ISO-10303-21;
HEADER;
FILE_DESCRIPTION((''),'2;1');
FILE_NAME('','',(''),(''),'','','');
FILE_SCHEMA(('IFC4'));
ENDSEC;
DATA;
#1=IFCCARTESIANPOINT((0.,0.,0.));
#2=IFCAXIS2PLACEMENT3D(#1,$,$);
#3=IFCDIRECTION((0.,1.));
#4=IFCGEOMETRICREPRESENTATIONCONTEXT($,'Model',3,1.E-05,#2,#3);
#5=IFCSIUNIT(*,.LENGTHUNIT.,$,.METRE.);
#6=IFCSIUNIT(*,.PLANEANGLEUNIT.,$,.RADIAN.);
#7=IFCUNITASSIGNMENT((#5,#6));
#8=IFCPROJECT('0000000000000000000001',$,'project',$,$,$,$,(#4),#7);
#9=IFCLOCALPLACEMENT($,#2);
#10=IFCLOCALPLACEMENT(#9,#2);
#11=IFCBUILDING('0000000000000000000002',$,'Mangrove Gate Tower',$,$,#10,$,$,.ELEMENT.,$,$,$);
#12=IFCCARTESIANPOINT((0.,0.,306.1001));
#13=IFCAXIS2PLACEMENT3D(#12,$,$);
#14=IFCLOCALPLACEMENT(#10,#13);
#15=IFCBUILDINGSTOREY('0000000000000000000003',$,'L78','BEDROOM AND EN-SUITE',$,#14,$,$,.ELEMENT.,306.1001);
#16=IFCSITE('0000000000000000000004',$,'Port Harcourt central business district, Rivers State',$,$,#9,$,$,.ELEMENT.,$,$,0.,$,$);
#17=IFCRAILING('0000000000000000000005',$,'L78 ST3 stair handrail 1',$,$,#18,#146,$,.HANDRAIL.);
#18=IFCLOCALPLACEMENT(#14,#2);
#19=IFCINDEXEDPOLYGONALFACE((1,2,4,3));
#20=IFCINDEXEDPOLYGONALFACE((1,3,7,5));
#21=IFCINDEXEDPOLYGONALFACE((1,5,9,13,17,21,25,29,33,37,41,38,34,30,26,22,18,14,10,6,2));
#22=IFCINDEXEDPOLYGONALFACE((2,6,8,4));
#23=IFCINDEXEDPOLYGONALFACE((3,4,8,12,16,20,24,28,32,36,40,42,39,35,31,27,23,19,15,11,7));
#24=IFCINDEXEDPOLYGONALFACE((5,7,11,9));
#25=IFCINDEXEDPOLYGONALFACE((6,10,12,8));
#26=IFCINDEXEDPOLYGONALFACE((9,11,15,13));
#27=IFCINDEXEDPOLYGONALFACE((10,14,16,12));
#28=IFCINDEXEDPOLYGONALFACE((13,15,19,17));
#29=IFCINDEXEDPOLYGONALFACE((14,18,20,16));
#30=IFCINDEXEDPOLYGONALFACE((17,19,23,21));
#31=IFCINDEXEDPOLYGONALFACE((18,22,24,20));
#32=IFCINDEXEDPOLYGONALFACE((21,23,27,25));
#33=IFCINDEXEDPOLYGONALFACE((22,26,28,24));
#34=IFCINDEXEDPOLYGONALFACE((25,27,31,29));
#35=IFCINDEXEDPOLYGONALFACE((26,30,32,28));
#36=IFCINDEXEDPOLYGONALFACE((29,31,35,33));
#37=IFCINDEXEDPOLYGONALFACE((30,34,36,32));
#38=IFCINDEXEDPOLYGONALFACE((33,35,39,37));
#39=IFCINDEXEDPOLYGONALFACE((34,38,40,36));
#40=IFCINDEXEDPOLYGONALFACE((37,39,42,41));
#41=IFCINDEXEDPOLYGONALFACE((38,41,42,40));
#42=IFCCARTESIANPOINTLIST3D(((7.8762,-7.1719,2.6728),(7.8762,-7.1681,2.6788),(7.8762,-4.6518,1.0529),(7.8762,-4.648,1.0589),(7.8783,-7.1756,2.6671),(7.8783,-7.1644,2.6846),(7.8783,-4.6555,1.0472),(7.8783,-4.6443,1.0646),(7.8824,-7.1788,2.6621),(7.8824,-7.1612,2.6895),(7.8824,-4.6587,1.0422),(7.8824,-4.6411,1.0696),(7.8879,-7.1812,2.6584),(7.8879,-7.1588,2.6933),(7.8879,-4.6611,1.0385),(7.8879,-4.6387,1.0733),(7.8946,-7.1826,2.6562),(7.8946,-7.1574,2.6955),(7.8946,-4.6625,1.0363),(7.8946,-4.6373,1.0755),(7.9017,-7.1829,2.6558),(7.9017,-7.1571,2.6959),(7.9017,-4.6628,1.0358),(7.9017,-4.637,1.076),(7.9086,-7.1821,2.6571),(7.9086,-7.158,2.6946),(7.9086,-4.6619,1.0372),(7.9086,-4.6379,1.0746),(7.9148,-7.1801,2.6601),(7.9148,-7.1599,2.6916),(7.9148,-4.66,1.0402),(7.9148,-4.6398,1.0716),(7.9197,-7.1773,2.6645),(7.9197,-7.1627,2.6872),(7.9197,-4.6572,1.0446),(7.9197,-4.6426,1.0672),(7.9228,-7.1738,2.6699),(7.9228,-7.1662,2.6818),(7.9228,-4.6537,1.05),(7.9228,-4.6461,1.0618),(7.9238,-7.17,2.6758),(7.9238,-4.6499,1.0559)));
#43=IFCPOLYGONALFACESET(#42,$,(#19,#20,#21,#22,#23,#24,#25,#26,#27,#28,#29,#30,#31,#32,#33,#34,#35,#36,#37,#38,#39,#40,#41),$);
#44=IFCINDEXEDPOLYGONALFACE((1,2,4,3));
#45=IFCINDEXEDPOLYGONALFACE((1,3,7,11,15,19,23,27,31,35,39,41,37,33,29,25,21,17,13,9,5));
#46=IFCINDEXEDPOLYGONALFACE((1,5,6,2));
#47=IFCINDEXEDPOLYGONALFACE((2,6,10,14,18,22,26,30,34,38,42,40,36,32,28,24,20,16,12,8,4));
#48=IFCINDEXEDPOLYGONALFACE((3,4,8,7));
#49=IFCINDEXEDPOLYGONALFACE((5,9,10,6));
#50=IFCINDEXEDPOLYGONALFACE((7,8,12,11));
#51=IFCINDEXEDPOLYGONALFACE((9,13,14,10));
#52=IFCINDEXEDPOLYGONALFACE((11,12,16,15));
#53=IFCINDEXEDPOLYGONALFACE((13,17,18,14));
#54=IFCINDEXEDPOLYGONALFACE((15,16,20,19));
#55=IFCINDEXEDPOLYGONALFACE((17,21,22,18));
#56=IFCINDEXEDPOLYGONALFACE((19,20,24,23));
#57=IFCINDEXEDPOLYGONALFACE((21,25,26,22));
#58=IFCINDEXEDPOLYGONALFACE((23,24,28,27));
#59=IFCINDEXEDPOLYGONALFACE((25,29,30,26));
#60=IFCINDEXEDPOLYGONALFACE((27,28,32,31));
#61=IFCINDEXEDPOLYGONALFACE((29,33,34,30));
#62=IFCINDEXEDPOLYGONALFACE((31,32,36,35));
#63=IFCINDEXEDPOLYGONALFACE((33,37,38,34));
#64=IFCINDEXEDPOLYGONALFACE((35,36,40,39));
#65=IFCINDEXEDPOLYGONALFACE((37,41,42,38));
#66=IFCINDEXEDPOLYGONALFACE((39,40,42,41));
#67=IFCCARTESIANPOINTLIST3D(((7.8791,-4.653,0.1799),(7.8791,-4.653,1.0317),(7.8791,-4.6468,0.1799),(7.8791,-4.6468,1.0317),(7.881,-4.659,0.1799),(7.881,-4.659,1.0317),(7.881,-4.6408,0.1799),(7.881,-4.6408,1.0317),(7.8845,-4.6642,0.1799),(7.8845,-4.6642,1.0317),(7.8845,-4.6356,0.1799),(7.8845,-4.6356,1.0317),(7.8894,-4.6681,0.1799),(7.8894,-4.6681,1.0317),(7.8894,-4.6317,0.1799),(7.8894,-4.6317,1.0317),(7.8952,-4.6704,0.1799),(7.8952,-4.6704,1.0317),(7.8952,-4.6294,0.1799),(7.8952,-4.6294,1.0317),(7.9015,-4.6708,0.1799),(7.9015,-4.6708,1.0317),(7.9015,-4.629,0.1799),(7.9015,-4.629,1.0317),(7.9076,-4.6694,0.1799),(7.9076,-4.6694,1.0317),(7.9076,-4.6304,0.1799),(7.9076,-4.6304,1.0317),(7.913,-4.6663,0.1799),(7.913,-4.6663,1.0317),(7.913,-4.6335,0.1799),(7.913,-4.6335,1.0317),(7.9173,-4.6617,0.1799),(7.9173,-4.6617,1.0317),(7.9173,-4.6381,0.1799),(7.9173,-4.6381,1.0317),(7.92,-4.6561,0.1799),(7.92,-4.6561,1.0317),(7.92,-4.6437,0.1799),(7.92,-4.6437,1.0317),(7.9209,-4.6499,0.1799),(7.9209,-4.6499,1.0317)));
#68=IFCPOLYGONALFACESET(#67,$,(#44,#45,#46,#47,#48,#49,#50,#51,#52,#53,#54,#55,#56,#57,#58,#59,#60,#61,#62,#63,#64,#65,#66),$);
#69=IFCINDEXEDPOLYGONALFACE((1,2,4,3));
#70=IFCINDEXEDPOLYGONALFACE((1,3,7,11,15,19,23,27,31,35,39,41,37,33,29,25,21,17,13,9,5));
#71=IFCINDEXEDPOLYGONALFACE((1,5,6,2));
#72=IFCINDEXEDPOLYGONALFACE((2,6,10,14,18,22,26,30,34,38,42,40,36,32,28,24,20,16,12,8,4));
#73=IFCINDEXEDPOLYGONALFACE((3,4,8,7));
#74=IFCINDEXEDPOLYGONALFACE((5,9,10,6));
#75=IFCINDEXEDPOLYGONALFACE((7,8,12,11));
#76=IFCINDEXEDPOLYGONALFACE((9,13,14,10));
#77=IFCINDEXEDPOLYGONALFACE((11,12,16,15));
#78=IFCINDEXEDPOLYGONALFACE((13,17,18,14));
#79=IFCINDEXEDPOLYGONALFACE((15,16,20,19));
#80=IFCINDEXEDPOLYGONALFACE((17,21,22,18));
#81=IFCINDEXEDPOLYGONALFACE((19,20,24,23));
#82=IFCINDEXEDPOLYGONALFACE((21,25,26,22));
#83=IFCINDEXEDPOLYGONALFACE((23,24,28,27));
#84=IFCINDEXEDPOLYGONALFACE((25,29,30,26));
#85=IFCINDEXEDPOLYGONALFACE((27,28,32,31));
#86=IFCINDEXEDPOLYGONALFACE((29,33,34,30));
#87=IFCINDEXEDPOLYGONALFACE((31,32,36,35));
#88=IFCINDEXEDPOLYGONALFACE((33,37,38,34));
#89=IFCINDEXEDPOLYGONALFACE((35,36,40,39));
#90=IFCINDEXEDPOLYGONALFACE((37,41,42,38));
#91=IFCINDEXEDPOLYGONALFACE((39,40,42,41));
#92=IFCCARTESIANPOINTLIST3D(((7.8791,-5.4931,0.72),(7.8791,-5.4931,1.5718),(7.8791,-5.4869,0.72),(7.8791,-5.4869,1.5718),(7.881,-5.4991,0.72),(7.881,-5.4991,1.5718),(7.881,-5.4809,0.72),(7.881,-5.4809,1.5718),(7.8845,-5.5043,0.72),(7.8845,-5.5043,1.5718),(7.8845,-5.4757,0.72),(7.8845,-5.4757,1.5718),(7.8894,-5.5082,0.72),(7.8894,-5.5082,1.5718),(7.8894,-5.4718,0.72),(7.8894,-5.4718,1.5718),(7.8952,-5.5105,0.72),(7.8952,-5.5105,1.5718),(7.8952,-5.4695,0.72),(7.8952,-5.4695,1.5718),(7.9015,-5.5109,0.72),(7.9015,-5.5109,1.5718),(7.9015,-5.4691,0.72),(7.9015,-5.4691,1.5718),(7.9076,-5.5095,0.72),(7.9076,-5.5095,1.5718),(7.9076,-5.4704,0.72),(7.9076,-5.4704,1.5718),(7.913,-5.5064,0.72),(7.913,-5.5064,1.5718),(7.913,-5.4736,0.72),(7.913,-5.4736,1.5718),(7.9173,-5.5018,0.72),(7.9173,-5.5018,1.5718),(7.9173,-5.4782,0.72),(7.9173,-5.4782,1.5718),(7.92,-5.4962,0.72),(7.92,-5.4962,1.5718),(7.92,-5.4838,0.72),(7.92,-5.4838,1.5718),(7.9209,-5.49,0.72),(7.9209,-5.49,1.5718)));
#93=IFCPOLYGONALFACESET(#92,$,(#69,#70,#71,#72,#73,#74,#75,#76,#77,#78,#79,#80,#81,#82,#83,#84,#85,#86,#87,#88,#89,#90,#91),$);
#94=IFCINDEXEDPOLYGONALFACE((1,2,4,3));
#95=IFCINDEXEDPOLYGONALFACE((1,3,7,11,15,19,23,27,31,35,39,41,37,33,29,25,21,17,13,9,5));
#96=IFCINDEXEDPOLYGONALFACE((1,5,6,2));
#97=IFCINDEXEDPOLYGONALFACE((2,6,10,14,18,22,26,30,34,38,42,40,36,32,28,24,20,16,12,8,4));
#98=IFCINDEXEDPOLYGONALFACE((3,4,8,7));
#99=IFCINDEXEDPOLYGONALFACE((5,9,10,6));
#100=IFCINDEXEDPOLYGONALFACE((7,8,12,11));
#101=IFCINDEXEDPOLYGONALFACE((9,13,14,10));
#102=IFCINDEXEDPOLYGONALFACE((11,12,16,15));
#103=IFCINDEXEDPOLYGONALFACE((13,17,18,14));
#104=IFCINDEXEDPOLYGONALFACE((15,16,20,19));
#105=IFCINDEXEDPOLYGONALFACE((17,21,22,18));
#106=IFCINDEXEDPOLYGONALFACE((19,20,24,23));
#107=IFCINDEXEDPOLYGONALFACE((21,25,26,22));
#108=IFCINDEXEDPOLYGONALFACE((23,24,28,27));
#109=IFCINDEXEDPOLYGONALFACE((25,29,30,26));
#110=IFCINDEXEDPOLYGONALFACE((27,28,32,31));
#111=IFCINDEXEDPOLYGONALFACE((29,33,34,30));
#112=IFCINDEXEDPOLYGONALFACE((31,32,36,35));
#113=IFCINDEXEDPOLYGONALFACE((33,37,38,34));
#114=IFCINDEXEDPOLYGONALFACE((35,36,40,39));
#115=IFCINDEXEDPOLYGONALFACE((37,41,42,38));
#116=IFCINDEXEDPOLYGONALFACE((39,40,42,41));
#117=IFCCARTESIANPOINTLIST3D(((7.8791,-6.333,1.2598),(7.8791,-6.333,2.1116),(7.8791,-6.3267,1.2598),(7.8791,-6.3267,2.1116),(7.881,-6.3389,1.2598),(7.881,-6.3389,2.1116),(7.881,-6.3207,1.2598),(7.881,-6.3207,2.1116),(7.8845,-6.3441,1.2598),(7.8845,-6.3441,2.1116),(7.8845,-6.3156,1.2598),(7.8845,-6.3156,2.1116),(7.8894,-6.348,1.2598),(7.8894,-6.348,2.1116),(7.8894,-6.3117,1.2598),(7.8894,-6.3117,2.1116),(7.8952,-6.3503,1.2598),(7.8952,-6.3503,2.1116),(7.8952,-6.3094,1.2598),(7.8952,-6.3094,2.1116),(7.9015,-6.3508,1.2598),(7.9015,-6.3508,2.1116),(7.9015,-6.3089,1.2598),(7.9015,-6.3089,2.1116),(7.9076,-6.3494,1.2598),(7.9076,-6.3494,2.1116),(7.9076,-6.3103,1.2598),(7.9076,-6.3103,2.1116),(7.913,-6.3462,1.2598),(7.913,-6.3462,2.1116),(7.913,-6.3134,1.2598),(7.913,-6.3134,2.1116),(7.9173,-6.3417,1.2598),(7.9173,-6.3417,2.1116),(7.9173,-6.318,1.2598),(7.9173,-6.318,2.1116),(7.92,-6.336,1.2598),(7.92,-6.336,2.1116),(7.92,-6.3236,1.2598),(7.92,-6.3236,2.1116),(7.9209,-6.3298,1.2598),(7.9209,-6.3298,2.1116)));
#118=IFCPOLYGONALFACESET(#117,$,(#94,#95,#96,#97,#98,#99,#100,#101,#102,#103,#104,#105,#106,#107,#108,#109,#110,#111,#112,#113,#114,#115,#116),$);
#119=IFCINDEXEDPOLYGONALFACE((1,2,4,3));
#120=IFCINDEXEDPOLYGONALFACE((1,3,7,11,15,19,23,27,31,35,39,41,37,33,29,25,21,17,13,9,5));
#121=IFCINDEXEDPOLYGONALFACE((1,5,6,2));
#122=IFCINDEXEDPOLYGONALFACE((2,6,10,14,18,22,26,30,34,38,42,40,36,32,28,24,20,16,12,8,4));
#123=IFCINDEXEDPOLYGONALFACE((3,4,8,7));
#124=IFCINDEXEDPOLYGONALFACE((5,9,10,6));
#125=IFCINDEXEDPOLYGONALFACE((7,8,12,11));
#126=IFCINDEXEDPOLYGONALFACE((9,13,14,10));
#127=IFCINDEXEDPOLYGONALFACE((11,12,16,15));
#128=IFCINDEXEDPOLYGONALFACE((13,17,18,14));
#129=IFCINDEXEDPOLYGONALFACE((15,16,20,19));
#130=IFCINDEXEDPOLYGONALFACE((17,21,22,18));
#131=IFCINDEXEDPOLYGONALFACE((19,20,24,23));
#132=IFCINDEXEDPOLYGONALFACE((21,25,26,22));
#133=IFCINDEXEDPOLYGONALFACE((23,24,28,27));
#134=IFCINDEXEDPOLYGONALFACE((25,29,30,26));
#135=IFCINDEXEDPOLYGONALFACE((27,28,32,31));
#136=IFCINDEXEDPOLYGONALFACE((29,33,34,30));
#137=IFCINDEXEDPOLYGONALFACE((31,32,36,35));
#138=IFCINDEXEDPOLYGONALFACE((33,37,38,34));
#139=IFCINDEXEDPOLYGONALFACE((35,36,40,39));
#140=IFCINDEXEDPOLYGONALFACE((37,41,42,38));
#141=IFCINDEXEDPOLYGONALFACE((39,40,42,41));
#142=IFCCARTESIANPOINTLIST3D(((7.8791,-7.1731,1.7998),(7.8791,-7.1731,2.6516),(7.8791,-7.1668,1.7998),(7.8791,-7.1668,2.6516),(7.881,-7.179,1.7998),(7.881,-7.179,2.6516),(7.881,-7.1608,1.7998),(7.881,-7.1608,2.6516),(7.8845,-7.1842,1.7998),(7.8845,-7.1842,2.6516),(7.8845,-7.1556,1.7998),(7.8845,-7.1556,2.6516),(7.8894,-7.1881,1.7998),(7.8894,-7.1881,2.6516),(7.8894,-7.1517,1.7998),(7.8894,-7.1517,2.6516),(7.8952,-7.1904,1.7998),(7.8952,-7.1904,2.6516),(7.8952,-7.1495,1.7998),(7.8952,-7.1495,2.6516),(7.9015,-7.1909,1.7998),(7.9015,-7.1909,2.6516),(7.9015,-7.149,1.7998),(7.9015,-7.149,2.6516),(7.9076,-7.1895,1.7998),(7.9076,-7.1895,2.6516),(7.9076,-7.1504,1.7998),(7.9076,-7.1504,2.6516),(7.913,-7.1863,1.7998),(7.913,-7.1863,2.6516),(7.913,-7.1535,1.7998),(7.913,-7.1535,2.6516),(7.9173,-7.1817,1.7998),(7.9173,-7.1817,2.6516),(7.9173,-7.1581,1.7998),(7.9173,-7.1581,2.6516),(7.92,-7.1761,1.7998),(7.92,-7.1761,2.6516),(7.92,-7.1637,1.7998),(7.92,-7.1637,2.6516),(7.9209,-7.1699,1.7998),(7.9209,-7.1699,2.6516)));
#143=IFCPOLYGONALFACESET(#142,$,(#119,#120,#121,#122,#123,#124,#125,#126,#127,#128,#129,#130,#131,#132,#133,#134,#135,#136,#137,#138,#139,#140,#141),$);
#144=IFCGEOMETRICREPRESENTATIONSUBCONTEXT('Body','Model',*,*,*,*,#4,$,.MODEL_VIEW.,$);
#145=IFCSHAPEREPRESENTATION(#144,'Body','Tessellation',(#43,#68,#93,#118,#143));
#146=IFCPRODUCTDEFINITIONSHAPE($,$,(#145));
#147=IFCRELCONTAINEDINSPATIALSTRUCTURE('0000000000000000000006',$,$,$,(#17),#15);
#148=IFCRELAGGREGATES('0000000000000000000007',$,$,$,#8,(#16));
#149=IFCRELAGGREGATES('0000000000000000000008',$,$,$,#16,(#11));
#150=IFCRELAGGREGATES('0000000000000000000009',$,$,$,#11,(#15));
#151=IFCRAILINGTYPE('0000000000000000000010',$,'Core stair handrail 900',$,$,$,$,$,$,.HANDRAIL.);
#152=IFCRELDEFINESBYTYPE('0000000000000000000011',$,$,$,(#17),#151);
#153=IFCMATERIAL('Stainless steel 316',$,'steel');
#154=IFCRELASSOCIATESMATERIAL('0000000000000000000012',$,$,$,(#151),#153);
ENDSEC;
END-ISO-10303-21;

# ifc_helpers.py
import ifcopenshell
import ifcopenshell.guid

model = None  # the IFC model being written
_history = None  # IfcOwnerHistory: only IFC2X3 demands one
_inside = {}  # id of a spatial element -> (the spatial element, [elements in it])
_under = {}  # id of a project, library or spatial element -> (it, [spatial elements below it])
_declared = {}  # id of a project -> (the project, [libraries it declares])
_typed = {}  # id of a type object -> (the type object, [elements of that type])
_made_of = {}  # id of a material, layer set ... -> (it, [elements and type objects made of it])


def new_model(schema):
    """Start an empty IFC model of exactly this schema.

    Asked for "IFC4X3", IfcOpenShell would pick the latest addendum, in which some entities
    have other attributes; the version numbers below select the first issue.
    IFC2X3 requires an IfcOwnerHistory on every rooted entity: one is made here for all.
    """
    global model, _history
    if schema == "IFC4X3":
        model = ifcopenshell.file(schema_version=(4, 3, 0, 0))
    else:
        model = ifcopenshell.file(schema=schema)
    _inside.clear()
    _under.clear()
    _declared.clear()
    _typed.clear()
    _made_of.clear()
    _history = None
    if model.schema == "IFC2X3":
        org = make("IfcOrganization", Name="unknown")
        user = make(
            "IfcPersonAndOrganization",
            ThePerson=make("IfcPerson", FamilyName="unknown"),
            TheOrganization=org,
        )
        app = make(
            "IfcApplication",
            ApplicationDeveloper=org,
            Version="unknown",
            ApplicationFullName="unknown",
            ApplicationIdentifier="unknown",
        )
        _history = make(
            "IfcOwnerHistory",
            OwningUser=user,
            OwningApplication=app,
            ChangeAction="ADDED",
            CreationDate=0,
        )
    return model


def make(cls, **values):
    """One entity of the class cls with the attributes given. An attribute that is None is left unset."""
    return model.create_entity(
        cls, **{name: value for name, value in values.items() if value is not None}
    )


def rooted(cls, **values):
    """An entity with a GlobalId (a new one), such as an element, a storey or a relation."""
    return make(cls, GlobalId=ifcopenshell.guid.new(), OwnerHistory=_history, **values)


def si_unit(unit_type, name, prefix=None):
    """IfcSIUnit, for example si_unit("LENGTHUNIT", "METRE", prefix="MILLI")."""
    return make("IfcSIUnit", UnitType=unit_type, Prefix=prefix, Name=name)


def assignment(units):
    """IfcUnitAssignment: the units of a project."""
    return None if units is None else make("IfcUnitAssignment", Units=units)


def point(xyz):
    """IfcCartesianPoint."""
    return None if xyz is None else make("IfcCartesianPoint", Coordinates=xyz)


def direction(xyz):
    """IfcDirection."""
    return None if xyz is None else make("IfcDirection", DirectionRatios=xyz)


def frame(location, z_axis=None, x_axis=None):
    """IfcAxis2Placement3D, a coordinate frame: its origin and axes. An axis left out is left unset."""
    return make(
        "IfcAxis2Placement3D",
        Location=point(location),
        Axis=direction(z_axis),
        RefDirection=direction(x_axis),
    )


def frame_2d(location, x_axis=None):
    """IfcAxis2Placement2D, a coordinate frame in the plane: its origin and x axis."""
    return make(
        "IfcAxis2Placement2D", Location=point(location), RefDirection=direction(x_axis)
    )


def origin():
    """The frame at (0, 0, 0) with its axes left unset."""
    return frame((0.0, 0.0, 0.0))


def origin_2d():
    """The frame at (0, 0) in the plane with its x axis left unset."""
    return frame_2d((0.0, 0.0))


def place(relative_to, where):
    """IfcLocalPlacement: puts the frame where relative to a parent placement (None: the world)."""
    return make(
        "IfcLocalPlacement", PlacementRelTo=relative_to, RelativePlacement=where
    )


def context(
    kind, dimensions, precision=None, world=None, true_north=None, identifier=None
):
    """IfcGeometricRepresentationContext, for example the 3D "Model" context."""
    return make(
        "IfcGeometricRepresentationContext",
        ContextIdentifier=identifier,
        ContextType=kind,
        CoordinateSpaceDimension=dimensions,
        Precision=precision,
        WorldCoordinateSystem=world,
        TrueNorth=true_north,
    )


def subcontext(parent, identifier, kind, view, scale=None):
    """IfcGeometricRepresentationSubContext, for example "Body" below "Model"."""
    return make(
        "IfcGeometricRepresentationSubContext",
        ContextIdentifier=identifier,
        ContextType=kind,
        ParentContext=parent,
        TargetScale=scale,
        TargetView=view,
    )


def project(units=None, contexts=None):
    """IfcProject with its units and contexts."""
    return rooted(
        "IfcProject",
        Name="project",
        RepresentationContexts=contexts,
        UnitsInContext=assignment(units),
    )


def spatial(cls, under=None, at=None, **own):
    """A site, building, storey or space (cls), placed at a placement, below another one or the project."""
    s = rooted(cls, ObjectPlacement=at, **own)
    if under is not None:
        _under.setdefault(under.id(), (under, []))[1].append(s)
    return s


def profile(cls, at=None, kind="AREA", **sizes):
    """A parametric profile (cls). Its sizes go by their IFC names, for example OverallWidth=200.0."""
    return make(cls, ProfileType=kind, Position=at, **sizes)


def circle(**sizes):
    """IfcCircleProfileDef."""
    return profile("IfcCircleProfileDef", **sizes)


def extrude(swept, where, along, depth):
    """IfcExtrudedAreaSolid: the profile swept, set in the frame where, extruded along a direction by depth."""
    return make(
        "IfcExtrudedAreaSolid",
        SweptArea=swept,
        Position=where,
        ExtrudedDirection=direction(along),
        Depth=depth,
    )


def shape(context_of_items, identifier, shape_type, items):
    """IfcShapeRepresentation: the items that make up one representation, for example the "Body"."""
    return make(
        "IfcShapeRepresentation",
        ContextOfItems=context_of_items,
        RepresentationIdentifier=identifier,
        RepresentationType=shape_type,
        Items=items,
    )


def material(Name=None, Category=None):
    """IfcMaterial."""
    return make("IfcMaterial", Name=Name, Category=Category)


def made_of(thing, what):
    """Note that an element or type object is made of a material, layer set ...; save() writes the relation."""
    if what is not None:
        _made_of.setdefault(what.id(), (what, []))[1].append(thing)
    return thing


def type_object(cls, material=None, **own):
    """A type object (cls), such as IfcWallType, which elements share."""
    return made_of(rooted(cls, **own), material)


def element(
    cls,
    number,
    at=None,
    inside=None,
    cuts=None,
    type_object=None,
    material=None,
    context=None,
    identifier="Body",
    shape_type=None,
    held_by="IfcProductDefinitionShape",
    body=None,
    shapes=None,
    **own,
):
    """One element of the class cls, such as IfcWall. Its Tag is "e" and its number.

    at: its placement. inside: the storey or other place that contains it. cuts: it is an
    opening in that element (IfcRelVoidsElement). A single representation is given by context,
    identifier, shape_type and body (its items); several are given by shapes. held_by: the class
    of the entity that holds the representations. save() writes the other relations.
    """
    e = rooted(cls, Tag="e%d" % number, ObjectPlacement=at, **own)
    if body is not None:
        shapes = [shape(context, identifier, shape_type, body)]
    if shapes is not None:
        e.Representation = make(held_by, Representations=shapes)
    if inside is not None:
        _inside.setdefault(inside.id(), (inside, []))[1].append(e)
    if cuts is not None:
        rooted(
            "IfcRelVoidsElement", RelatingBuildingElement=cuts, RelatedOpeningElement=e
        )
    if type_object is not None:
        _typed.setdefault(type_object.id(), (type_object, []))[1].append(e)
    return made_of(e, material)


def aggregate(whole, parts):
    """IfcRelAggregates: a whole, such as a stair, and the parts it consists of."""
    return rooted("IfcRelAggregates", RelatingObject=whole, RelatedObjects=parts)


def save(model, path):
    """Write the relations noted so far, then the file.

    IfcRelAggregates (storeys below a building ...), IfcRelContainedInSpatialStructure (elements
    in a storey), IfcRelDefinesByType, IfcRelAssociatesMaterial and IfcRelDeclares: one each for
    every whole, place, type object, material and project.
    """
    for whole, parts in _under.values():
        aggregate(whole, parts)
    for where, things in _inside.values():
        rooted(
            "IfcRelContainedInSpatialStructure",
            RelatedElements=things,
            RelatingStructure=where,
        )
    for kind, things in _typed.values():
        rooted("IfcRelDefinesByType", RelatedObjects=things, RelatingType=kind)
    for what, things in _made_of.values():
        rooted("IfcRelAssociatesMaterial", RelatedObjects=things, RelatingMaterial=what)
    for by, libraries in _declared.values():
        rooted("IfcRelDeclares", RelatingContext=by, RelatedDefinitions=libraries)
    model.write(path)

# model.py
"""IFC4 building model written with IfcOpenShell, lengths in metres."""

from ifc_helpers import new_model, si_unit, direction, frame, origin, origin_2d, place, context, subcontext, project, spatial, circle, extrude, material, type_object, element, save


model = new_model("IFC4")

# Units and contexts
model_context = context("Model", 3, precision=1e-05, world=origin(), true_north=direction((0.0, 1.0)))
body_context = subcontext(model_context, "Body", "Model", "MODEL_VIEW")
ifc_project = project(units=[si_unit("LENGTHUNIT", "METRE"), si_unit("PLANEANGLEUNIT", "RADIAN")], contexts=[model_context])

# Site, building, storey
site_placement = place(None, origin())
site = spatial("IfcSite", under=ifc_project, at=site_placement, Name="Port Harcourt central business district, Rivers State", CompositionType="ELEMENT", RefElevation=0.0)
building_placement = place(site_placement, origin())
building = spatial("IfcBuilding", under=site, at=building_placement, Name="Mangrove Gate Tower", CompositionType="ELEMENT")
storey_placement = place(building_placement, frame((0.0, 0.0, 306.1001)))
storey = spatial("IfcBuildingStorey", under=building, at=storey_placement, Name="L78", Description="BEDROOM AND EN-SUITE", CompositionType="ELEMENT", Elevation=306.1001)

# Railing
ifc_material_1 = material(Name="Stainless steel 316", Category="steel")
railing_type_1 = type_object("IfcRailingType", Name="Core stair handrail 900", PredefinedType="HANDRAIL", material=ifc_material_1)
railing_1_placement = place(storey_placement, frame((7.8999, -4.6499, 0.1799)))
element("IfcRailing", 1, at=railing_1_placement, inside=storey, type_object=railing_type_1, Name="L78 ST3 stair handrail 1", PredefinedType="HANDRAIL", context=body_context, shape_type="SweptSolid", body=[
    extrude(circle(Radius=0.0239, at=origin_2d()), frame((0.0, 0.0, 0.876), z_axis=(0.0, -0.8412, 0.540725), x_axis=(1.0, 0.0, 0.0)), (0.0, 0.0, 1.0), 2.9958),
    extrude(circle(Radius=0.021, at=origin_2d()), origin(), (0.0, 0.0, 1.0), 0.8518),
    extrude(circle(Radius=0.021, at=origin_2d()), frame((0.0, -0.8401, 0.54)), (0.0, 0.0, 1.0), 0.8518),
    extrude(circle(Radius=0.021, at=origin_2d()), frame((0.0, -1.6799, 1.0798)), (0.0, 0.0, 1.0), 0.8518),
    extrude(circle(Radius=0.021, at=origin_2d()), frame((0.0, -2.52, 1.6199)), (0.0, 0.0, 1.0), 0.8518),
])

save(model, "model.ifc")
